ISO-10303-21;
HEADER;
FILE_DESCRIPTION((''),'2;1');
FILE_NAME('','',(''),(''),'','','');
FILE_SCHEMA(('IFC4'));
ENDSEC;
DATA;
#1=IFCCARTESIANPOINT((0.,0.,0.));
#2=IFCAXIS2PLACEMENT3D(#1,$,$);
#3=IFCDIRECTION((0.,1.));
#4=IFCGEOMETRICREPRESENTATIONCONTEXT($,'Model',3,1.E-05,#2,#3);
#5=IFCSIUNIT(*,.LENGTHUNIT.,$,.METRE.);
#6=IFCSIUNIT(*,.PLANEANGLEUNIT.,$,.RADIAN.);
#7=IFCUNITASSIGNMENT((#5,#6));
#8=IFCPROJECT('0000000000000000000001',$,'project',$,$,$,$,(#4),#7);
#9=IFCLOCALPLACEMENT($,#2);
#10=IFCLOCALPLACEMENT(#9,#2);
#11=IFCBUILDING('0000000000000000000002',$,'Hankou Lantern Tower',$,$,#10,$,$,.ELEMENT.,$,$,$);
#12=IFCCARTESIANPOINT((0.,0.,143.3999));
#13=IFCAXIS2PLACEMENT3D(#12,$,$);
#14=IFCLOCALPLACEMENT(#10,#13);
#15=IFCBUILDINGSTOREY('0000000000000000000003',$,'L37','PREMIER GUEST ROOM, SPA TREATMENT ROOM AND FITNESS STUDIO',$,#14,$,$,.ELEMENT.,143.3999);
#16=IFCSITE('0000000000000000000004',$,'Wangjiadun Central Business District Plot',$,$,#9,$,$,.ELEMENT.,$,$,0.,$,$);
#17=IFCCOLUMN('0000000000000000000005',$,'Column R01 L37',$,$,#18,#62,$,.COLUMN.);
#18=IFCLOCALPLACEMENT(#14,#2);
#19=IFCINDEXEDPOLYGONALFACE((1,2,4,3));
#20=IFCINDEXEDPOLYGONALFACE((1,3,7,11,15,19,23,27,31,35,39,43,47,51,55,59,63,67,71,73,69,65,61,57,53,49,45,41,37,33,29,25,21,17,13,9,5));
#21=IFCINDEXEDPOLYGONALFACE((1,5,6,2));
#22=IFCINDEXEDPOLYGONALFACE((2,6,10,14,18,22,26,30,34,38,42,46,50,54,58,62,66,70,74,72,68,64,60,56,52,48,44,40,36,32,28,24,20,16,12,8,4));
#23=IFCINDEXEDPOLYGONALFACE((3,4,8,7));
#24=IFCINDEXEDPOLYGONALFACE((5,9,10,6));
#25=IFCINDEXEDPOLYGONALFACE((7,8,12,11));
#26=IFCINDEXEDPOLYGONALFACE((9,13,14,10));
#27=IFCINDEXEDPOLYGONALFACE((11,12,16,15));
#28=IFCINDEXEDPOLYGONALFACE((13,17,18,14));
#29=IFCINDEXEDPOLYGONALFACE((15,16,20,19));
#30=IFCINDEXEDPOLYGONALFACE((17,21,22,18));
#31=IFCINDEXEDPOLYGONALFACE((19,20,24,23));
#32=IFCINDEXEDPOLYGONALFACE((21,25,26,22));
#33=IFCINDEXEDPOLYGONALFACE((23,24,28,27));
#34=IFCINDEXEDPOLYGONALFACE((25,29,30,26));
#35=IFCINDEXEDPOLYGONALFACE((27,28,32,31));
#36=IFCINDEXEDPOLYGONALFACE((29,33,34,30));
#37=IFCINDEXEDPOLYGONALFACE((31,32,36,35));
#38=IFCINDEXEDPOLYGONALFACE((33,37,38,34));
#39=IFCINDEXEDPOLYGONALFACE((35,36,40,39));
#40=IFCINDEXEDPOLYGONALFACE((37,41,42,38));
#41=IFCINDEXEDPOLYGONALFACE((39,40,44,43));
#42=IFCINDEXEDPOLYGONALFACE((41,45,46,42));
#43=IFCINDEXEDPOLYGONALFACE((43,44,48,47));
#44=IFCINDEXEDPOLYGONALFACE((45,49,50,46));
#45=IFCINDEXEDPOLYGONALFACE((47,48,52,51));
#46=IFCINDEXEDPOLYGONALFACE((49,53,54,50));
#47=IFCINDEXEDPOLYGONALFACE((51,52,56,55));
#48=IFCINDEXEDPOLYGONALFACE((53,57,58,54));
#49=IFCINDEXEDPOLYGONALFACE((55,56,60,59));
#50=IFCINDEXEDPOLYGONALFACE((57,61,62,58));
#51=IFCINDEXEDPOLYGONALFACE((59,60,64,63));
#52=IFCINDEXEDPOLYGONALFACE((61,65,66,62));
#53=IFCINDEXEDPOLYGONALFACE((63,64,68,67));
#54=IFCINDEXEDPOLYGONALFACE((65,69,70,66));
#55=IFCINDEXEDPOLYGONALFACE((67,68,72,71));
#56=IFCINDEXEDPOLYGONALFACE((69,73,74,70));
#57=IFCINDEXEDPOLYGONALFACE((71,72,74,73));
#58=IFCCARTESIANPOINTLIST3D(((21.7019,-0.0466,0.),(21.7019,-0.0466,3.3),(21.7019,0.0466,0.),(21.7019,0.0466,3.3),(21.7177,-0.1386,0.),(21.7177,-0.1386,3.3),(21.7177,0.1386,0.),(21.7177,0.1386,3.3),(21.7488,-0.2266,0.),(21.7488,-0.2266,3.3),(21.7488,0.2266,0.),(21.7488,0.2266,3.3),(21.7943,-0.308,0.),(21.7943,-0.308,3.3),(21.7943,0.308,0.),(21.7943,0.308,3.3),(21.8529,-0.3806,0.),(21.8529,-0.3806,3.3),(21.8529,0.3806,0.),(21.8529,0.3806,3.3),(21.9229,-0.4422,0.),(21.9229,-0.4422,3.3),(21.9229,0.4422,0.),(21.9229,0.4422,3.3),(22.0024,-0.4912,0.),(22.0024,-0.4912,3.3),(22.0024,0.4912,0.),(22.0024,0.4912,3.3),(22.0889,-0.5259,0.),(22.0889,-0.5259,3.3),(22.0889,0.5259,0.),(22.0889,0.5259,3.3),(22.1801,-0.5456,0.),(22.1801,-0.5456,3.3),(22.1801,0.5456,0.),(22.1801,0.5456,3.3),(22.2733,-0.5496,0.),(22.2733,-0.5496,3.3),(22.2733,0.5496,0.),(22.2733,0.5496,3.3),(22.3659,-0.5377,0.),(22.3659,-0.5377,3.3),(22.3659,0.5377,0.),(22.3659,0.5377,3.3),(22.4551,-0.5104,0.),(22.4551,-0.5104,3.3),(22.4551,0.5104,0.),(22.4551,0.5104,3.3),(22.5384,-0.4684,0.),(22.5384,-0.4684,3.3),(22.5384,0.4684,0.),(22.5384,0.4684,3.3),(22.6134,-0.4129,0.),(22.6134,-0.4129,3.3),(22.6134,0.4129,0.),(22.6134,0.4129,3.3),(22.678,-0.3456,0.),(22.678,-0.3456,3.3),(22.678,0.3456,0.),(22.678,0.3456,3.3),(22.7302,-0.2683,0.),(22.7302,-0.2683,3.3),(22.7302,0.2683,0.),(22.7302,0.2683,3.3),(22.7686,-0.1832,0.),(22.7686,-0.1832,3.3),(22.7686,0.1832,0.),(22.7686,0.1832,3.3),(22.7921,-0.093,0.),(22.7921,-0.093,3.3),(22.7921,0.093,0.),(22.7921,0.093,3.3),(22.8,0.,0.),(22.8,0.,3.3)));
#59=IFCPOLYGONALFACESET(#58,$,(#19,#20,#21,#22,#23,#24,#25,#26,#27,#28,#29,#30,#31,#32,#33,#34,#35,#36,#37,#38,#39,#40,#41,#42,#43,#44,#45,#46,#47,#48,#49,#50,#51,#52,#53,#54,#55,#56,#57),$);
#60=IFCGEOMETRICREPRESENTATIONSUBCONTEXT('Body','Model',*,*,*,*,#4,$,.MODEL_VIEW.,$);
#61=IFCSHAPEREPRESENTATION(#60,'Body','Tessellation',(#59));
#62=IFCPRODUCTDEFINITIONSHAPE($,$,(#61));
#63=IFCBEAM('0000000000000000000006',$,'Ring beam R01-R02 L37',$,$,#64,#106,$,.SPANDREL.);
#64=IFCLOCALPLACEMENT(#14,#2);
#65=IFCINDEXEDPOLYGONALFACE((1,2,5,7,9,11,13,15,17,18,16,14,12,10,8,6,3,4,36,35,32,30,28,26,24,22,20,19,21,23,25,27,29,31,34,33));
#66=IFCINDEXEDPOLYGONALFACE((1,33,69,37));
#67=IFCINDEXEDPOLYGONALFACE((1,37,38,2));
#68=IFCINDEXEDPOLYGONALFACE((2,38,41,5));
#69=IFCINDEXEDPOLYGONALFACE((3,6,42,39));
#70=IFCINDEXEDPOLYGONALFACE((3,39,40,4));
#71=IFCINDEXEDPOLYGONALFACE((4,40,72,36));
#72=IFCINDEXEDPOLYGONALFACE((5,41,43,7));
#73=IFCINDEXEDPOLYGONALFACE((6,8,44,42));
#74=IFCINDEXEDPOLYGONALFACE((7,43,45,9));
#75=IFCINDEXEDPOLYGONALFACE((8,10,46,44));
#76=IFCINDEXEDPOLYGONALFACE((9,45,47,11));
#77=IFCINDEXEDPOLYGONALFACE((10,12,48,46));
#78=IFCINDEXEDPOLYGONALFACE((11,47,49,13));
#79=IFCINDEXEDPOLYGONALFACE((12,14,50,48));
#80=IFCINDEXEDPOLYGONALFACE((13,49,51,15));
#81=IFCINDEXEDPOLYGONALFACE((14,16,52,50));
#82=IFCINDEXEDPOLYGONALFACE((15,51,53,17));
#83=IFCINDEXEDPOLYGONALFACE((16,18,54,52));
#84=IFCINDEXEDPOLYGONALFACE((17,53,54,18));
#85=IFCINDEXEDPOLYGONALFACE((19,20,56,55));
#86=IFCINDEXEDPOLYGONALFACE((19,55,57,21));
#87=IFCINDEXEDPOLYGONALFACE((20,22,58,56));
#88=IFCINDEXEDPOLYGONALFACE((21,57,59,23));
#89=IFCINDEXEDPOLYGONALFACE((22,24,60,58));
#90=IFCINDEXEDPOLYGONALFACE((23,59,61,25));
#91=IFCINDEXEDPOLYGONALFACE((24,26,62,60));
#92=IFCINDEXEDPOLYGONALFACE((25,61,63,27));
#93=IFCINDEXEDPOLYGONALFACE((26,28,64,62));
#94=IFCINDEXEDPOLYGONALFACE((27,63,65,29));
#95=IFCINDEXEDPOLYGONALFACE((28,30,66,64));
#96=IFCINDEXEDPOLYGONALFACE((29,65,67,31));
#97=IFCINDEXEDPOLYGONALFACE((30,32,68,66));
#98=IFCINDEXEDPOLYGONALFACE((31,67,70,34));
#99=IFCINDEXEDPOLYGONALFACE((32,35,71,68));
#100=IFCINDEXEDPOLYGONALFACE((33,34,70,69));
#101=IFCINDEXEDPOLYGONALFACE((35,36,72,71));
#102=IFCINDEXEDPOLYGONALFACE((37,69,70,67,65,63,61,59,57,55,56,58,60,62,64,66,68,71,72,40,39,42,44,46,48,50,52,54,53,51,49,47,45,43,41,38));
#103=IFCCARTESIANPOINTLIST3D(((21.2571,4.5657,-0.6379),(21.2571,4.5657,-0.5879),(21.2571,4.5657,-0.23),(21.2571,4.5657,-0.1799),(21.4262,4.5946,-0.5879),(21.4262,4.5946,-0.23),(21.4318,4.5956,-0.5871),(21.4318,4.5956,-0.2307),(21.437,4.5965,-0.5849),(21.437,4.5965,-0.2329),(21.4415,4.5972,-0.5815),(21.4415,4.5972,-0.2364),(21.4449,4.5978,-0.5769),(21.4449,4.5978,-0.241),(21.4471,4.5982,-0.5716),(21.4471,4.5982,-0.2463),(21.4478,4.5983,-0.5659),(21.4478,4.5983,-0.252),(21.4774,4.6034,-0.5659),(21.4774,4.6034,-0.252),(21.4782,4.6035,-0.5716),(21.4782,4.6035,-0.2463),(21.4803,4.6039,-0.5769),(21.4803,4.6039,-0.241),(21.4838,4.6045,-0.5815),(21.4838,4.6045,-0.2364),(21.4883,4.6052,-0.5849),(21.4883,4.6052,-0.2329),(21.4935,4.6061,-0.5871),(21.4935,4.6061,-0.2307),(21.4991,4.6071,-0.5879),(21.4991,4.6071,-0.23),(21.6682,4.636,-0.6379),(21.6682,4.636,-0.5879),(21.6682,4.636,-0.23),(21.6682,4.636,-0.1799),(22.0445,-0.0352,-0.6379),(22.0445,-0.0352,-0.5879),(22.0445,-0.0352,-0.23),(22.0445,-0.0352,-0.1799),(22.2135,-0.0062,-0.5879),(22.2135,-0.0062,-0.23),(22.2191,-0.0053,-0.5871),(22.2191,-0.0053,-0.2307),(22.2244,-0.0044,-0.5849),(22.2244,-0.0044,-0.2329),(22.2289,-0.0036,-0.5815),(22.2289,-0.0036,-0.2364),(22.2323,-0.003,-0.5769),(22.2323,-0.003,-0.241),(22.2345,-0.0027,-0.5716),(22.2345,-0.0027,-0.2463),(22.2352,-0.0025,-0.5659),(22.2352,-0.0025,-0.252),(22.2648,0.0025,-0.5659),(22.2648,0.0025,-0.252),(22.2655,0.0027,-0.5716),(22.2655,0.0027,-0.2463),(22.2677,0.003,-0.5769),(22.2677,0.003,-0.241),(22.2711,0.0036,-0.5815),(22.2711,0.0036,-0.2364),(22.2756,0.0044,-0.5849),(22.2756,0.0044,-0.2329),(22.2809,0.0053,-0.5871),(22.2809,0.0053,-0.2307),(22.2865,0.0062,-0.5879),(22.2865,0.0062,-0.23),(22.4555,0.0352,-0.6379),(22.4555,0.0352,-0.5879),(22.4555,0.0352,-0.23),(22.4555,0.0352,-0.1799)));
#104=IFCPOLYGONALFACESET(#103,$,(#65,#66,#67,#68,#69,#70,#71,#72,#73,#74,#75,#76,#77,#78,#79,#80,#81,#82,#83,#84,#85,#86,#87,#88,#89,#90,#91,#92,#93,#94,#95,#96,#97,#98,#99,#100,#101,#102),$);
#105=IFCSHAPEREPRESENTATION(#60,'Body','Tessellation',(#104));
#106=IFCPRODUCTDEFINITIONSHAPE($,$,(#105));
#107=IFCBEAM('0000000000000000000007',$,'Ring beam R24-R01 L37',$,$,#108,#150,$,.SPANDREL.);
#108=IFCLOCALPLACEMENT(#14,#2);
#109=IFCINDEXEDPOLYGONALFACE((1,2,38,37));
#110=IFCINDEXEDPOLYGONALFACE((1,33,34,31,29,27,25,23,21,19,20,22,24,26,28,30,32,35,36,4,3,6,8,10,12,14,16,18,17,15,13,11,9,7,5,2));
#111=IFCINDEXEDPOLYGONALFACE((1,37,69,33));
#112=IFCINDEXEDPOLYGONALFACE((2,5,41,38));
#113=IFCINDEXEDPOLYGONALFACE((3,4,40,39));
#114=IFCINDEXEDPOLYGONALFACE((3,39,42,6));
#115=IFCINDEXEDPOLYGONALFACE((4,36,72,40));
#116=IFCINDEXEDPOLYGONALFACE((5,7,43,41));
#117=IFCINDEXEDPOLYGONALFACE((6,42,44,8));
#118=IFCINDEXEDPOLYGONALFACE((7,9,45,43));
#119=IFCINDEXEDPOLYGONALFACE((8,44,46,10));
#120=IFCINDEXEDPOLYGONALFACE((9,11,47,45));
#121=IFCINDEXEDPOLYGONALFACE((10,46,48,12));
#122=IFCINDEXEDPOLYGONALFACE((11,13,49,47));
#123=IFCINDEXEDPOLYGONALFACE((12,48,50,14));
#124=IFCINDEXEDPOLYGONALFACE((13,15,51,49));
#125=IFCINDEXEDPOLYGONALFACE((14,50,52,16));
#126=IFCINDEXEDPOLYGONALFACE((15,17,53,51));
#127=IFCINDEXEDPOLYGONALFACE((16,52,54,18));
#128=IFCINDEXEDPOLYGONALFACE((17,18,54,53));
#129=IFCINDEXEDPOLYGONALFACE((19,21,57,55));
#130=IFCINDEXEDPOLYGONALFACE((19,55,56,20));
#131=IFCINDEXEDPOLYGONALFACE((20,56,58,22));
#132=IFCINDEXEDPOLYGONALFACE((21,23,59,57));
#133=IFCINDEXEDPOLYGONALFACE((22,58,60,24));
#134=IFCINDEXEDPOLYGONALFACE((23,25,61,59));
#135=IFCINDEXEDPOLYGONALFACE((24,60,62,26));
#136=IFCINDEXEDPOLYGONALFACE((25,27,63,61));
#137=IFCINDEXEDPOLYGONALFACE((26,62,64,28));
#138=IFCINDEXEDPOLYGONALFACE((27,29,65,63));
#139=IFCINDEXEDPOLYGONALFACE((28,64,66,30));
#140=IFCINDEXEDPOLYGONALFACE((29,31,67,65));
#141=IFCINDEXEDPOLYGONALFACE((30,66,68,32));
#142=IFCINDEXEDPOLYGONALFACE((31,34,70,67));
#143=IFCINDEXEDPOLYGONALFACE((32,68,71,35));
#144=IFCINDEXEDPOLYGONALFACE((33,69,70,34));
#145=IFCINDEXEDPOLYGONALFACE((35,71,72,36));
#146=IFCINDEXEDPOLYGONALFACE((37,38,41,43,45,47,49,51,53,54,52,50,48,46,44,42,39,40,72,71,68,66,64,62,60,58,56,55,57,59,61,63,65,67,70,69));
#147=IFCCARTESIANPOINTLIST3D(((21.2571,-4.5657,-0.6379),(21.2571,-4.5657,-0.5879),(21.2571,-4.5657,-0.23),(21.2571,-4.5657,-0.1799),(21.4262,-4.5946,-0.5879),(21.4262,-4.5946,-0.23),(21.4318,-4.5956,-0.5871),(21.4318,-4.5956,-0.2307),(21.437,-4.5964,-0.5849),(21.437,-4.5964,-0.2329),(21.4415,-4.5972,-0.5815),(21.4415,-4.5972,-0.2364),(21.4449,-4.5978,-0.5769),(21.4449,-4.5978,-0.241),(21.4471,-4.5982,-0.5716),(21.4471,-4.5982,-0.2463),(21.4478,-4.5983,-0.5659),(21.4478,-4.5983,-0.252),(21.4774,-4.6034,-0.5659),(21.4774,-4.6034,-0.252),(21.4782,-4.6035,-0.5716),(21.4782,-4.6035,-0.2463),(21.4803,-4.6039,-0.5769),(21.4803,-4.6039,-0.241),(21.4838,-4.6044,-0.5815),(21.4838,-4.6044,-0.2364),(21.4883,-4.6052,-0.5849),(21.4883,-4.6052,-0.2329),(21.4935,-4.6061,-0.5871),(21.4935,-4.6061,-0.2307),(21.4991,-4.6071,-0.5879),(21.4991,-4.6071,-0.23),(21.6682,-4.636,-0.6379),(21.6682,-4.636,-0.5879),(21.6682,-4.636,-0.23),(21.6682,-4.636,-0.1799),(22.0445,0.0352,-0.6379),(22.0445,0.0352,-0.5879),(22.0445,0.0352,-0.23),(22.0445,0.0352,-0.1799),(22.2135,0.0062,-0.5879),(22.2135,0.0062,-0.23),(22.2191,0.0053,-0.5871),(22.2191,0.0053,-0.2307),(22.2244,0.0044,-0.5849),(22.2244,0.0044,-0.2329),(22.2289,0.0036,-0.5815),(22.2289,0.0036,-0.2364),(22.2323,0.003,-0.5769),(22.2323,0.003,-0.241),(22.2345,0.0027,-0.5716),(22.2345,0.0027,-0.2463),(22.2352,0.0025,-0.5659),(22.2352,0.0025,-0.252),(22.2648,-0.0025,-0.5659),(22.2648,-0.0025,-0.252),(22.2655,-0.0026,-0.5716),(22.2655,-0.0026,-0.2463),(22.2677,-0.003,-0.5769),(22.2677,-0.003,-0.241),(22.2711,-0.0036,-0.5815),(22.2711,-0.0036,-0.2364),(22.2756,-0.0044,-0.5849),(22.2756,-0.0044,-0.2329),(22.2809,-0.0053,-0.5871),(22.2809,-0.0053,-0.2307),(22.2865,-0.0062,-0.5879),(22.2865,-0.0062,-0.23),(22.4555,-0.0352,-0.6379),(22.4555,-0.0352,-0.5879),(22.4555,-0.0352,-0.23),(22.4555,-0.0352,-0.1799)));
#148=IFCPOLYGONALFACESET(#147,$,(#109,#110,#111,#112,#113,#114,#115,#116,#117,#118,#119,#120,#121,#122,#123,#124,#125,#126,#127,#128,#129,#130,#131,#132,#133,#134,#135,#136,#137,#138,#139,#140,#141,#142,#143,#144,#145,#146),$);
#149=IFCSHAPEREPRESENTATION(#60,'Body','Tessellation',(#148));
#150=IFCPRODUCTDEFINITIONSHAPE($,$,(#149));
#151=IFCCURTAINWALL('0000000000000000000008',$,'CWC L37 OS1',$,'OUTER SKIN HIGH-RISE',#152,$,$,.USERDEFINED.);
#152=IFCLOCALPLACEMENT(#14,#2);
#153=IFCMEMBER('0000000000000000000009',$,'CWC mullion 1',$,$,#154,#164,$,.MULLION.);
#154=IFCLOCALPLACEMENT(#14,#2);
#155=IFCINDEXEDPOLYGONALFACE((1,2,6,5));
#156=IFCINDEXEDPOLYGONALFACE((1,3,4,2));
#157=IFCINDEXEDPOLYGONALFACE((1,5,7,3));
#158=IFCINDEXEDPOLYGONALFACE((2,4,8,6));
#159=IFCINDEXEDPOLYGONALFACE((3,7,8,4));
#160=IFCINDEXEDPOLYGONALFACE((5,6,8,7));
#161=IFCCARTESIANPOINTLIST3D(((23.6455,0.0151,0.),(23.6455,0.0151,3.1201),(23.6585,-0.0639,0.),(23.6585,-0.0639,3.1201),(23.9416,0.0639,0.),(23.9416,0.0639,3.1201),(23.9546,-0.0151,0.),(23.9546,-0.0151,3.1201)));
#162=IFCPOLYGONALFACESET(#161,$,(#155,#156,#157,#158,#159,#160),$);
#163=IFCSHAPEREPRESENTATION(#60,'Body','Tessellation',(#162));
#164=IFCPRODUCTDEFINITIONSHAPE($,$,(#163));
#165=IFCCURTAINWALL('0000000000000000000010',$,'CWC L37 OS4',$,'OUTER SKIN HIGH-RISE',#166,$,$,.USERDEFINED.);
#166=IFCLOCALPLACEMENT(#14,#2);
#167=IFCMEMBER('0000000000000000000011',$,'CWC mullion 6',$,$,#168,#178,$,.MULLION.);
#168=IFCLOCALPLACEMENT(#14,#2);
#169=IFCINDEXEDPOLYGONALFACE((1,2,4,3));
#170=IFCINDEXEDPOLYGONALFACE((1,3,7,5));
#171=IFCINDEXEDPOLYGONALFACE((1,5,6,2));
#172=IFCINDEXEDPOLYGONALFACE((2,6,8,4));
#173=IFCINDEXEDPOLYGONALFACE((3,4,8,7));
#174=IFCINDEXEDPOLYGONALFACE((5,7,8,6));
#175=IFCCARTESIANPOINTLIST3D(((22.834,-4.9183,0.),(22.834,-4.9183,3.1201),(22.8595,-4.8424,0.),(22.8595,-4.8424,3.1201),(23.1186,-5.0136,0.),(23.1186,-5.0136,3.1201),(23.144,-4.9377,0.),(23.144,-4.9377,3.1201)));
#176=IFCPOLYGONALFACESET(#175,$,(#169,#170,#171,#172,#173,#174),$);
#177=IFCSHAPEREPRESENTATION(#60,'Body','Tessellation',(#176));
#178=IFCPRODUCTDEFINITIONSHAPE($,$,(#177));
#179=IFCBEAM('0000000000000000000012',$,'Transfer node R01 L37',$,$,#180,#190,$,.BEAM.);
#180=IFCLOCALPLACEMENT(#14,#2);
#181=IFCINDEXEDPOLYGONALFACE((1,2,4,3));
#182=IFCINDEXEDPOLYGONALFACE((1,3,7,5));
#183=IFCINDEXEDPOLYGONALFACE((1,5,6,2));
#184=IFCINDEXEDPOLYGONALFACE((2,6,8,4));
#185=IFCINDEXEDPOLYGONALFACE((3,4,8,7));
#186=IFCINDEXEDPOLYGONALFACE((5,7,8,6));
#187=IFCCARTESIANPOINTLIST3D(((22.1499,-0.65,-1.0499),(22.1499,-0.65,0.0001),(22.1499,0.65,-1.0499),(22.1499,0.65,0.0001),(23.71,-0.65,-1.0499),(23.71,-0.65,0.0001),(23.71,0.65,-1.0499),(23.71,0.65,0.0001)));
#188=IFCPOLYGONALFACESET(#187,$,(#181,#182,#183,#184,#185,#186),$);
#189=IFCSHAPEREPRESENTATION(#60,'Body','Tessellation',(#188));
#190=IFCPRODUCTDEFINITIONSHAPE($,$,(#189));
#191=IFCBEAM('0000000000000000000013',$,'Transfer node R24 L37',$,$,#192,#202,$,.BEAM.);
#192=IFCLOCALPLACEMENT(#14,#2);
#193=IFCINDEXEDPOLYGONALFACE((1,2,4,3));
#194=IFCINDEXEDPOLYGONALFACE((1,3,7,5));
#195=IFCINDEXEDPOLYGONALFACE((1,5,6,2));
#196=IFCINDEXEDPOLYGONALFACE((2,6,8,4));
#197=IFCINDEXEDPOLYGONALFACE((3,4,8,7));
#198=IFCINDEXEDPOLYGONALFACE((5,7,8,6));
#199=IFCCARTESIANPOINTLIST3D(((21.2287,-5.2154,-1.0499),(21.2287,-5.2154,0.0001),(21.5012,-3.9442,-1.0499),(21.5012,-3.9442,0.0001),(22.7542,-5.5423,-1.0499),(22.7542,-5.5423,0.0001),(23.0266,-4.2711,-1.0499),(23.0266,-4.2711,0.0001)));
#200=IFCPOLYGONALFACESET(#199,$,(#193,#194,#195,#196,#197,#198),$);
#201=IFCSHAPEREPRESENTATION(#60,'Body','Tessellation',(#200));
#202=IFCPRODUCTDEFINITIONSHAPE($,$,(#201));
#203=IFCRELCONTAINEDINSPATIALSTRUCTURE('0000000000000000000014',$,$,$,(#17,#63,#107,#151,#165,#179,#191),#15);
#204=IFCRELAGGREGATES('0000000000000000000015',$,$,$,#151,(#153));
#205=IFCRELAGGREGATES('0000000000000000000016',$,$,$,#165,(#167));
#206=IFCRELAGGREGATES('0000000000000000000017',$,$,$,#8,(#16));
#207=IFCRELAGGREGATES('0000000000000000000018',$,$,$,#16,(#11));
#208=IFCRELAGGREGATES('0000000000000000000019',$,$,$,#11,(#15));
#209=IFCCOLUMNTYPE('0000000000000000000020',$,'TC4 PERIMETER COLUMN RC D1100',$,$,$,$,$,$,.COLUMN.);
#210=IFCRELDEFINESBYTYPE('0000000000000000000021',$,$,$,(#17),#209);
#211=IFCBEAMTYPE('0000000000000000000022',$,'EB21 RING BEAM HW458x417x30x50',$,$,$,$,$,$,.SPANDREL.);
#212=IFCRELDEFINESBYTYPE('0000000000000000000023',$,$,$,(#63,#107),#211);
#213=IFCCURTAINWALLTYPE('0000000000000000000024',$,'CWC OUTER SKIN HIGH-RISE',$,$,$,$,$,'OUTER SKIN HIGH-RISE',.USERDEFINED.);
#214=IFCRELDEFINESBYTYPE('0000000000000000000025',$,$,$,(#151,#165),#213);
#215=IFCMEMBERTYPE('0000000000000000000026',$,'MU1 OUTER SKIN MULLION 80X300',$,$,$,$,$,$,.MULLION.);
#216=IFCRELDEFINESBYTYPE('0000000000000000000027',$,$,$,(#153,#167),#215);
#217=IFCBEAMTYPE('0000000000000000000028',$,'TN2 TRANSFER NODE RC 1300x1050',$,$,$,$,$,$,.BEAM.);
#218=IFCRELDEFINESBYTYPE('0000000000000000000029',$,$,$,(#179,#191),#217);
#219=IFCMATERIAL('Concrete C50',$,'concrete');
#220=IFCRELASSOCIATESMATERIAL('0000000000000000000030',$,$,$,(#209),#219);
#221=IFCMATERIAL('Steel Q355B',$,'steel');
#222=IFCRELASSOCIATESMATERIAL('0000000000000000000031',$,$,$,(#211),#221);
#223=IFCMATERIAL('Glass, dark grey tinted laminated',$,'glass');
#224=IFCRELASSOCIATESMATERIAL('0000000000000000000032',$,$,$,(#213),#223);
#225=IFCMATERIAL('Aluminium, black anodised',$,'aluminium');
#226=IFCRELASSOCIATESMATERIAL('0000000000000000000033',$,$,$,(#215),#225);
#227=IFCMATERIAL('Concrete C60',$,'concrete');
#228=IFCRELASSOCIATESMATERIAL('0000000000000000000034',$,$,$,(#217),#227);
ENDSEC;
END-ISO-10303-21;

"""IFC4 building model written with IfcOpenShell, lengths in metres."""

from ifc_helpers import new_model, si_unit, direction, frame, origin, origin_2d, place, context, subcontext, project, spatial, rectangle, circle, i_section, extrude, material, material_profile, profile_set, type_object, element, aggregate, save


model = new_model("IFC4")

# Units and contexts
model_context = context("Model", 3, precision=1e-05, world=origin(), true_north=direction((0.0, 1.0)))
body_context = subcontext(model_context, "Body", "Model", "MODEL_VIEW")
ifc_project = project(units=[si_unit("LENGTHUNIT", "METRE"), si_unit("PLANEANGLEUNIT", "RADIAN")], contexts=[model_context])

# Site, building, storey
site_placement = place(None, origin())
site = spatial("IfcSite", under=ifc_project, at=site_placement, Name="Wangjiadun Central Business District Plot", CompositionType="ELEMENT", RefElevation=0.0)
building_placement = place(site_placement, origin())
building = spatial("IfcBuilding", under=site, at=building_placement, Name="Hankou Lantern Tower", CompositionType="ELEMENT")
storey_placement = place(building_placement, frame((0.0, 0.0, 143.3999)))
storey = spatial("IfcBuildingStorey", under=building, at=storey_placement, Name="L37", Description="PREMIER GUEST ROOM, SPA TREATMENT ROOM AND FITNESS STUDIO", CompositionType="ELEMENT", Elevation=143.3999)

# Column
ifc_material_1 = material(Name="Concrete C50", Category="concrete")
ifc_material_profile_1 = material_profile(ifc_material_1, circle(Radius=0.55, at=origin_2d()), Name="RC D1100")
ifc_profile_set_1 = profile_set([ifc_material_profile_1], Name="Concrete C50")
column_type = type_object("IfcColumnType", Name="TC4 PERIMETER COLUMN RC D1100", PredefinedType="COLUMN", material=ifc_profile_set_1)
column_placement = place(storey_placement, frame((22.25, 0.0, 0.0), z_axis=(0.0, 0.0, 1.0), x_axis=(1.0, 0.0, 0.0)))
element("IfcColumn", 1, at=column_placement, inside=storey, type_object=column_type, Name="Column R01 L37", PredefinedType="COLUMN", context=body_context, shape_type="SweptSolid", body=[
    extrude(circle(Radius=0.55, at=origin_2d()), origin(), (0.0, 0.0, 1.0), 3.3),
])

# Beams
ifc_material_2 = material(Name="Steel Q355B", Category="steel")
ifc_material_profile_2 = material_profile(ifc_material_2, i_section(OverallWidth=0.417, OverallDepth=0.458, WebThickness=0.03, FlangeThickness=0.05, FilletRadius=0.022, at=origin_2d()), Name="HW458x417x30x50")
ifc_profile_set_2 = profile_set([ifc_material_profile_2], Name="Steel Q355B")
beam_type_1 = type_object("IfcBeamType", Name="EB21 RING BEAM HW458x417x30x50", PredefinedType="SPANDREL", material=ifc_profile_set_2)
for number, where, z_axis, x_axis, name in (
    (2, (22.25, 0.0, -0.4089), (-0.168681, 0.985671, 0.0), (-0.985671, -0.168681, 0.0), "Ring beam R01-R02 L37"),
    (3, (21.4626, -4.6008, -0.4089), (0.168681, 0.985671, 0.0), (-0.985671, 0.168681, 0.0), "Ring beam R24-R01 L37"),
):
    element("IfcBeam", number, at=place(storey_placement, frame(where, z_axis=z_axis, x_axis=x_axis)), inside=storey, type_object=beam_type_1, Name=name, PredefinedType="SPANDREL", context=body_context, shape_type="SweptSolid", body=[
        extrude(i_section(OverallWidth=0.417, OverallDepth=0.458, WebThickness=0.03, FlangeThickness=0.05, FilletRadius=0.022, at=origin_2d()), origin(), (0.0, 0.0, 1.0), 4.6677),
    ])

# Curtain walls, members
ifc_material_3 = material(Name="Glass, dark grey tinted laminated", Category="glass")
curtain_wall_type = type_object("IfcCurtainWallType", Name="CWC OUTER SKIN HIGH-RISE", ElementType="OUTER SKIN HIGH-RISE", PredefinedType="USERDEFINED", material=ifc_material_3)
curtain_wall_1_placement = place(storey_placement, origin())
curtain_wall_1 = element("IfcCurtainWall", 4, at=curtain_wall_1_placement, inside=storey, type_object=curtain_wall_type, Name="CWC L37 OS1", ObjectType="OUTER SKIN HIGH-RISE", PredefinedType="USERDEFINED")
ifc_material_4 = material(Name="Aluminium, black anodised", Category="aluminium")
ifc_material_profile_3 = material_profile(ifc_material_4, rectangle(XDim=0.0801, YDim=0.3, at=origin_2d()), Name="MU1 80X300")
ifc_profile_set_3 = profile_set([ifc_material_profile_3], Name="Aluminium, black anodised")
member_type_1 = type_object("IfcMemberType", Name="MU1 OUTER SKIN MULLION 80X300", PredefinedType="MULLION", material=ifc_profile_set_3)
member_1_placement = place(storey_placement, frame((23.8, 0.0, 0.0), z_axis=(0.0, 0.0, 1.0), x_axis=(-0.162382, 0.986728, 0.0)))
member_1 = element("IfcMember", 5, at=member_1_placement, type_object=member_type_1, Name="CWC mullion 1", PredefinedType="MULLION", context=body_context, shape_type="SweptSolid", body=[
    extrude(rectangle(XDim=0.0801, YDim=0.3, at=origin_2d()), origin(), (0.0, 0.0, 1.0), 3.1201),
])
curtain_wall_2_placement = place(storey_placement, origin())
curtain_wall_2 = element("IfcCurtainWall", 6, at=curtain_wall_2_placement, inside=storey, type_object=curtain_wall_type, Name="CWC L37 OS4", ObjectType="OUTER SKIN HIGH-RISE", PredefinedType="USERDEFINED")
member_2_placement = place(storey_placement, frame((22.989, -4.928, 0.0), z_axis=(0.0, 0.0, 1.0), x_axis=(0.317596, 0.948226, 0.0)))
member_2 = element("IfcMember", 7, at=member_2_placement, type_object=member_type_1, Name="CWC mullion 6", PredefinedType="MULLION", context=body_context, shape_type="SweptSolid", body=[
    extrude(rectangle(XDim=0.0801, YDim=0.3, at=origin_2d()), origin(), (0.0, 0.0, 1.0), 3.1201),
])

# Beams
ifc_material_5 = material(Name="Concrete C60", Category="concrete")
ifc_material_profile_4 = material_profile(ifc_material_5, rectangle(XDim=1.3, YDim=1.05, at=origin_2d()), Name="RC 1300x1050")
ifc_profile_set_4 = profile_set([ifc_material_profile_4], Name="Concrete C60")
beam_type_2 = type_object("IfcBeamType", Name="TN2 TRANSFER NODE RC 1300x1050", PredefinedType="BEAM", material=ifc_profile_set_4)
for number, where, z_axis, x_axis, name in (
    (8, (23.71, 0.0, -0.5249), (-1.0, 0.0, 0.0), (0.0, -1.0, 0.0), "Transfer node R01 L37"),
    (9, (22.8904, -4.9067, -0.5249), (-0.977798, 0.20955, 0.0), (-0.20955, -0.977798, 0.0), "Transfer node R24 L37"),
):
    element("IfcBeam", number, at=place(storey_placement, frame(where, z_axis=z_axis, x_axis=x_axis)), inside=storey, type_object=beam_type_2, Name=name, PredefinedType="BEAM", context=body_context, shape_type="SweptSolid", body=[
        extrude(rectangle(XDim=1.3, YDim=1.05, at=origin_2d()), origin(), (0.0, 0.0, 1.0), 1.5601),
    ])

aggregate(curtain_wall_1, [member_1])

aggregate(curtain_wall_2, [member_2])

save(model, "model.ifc")
